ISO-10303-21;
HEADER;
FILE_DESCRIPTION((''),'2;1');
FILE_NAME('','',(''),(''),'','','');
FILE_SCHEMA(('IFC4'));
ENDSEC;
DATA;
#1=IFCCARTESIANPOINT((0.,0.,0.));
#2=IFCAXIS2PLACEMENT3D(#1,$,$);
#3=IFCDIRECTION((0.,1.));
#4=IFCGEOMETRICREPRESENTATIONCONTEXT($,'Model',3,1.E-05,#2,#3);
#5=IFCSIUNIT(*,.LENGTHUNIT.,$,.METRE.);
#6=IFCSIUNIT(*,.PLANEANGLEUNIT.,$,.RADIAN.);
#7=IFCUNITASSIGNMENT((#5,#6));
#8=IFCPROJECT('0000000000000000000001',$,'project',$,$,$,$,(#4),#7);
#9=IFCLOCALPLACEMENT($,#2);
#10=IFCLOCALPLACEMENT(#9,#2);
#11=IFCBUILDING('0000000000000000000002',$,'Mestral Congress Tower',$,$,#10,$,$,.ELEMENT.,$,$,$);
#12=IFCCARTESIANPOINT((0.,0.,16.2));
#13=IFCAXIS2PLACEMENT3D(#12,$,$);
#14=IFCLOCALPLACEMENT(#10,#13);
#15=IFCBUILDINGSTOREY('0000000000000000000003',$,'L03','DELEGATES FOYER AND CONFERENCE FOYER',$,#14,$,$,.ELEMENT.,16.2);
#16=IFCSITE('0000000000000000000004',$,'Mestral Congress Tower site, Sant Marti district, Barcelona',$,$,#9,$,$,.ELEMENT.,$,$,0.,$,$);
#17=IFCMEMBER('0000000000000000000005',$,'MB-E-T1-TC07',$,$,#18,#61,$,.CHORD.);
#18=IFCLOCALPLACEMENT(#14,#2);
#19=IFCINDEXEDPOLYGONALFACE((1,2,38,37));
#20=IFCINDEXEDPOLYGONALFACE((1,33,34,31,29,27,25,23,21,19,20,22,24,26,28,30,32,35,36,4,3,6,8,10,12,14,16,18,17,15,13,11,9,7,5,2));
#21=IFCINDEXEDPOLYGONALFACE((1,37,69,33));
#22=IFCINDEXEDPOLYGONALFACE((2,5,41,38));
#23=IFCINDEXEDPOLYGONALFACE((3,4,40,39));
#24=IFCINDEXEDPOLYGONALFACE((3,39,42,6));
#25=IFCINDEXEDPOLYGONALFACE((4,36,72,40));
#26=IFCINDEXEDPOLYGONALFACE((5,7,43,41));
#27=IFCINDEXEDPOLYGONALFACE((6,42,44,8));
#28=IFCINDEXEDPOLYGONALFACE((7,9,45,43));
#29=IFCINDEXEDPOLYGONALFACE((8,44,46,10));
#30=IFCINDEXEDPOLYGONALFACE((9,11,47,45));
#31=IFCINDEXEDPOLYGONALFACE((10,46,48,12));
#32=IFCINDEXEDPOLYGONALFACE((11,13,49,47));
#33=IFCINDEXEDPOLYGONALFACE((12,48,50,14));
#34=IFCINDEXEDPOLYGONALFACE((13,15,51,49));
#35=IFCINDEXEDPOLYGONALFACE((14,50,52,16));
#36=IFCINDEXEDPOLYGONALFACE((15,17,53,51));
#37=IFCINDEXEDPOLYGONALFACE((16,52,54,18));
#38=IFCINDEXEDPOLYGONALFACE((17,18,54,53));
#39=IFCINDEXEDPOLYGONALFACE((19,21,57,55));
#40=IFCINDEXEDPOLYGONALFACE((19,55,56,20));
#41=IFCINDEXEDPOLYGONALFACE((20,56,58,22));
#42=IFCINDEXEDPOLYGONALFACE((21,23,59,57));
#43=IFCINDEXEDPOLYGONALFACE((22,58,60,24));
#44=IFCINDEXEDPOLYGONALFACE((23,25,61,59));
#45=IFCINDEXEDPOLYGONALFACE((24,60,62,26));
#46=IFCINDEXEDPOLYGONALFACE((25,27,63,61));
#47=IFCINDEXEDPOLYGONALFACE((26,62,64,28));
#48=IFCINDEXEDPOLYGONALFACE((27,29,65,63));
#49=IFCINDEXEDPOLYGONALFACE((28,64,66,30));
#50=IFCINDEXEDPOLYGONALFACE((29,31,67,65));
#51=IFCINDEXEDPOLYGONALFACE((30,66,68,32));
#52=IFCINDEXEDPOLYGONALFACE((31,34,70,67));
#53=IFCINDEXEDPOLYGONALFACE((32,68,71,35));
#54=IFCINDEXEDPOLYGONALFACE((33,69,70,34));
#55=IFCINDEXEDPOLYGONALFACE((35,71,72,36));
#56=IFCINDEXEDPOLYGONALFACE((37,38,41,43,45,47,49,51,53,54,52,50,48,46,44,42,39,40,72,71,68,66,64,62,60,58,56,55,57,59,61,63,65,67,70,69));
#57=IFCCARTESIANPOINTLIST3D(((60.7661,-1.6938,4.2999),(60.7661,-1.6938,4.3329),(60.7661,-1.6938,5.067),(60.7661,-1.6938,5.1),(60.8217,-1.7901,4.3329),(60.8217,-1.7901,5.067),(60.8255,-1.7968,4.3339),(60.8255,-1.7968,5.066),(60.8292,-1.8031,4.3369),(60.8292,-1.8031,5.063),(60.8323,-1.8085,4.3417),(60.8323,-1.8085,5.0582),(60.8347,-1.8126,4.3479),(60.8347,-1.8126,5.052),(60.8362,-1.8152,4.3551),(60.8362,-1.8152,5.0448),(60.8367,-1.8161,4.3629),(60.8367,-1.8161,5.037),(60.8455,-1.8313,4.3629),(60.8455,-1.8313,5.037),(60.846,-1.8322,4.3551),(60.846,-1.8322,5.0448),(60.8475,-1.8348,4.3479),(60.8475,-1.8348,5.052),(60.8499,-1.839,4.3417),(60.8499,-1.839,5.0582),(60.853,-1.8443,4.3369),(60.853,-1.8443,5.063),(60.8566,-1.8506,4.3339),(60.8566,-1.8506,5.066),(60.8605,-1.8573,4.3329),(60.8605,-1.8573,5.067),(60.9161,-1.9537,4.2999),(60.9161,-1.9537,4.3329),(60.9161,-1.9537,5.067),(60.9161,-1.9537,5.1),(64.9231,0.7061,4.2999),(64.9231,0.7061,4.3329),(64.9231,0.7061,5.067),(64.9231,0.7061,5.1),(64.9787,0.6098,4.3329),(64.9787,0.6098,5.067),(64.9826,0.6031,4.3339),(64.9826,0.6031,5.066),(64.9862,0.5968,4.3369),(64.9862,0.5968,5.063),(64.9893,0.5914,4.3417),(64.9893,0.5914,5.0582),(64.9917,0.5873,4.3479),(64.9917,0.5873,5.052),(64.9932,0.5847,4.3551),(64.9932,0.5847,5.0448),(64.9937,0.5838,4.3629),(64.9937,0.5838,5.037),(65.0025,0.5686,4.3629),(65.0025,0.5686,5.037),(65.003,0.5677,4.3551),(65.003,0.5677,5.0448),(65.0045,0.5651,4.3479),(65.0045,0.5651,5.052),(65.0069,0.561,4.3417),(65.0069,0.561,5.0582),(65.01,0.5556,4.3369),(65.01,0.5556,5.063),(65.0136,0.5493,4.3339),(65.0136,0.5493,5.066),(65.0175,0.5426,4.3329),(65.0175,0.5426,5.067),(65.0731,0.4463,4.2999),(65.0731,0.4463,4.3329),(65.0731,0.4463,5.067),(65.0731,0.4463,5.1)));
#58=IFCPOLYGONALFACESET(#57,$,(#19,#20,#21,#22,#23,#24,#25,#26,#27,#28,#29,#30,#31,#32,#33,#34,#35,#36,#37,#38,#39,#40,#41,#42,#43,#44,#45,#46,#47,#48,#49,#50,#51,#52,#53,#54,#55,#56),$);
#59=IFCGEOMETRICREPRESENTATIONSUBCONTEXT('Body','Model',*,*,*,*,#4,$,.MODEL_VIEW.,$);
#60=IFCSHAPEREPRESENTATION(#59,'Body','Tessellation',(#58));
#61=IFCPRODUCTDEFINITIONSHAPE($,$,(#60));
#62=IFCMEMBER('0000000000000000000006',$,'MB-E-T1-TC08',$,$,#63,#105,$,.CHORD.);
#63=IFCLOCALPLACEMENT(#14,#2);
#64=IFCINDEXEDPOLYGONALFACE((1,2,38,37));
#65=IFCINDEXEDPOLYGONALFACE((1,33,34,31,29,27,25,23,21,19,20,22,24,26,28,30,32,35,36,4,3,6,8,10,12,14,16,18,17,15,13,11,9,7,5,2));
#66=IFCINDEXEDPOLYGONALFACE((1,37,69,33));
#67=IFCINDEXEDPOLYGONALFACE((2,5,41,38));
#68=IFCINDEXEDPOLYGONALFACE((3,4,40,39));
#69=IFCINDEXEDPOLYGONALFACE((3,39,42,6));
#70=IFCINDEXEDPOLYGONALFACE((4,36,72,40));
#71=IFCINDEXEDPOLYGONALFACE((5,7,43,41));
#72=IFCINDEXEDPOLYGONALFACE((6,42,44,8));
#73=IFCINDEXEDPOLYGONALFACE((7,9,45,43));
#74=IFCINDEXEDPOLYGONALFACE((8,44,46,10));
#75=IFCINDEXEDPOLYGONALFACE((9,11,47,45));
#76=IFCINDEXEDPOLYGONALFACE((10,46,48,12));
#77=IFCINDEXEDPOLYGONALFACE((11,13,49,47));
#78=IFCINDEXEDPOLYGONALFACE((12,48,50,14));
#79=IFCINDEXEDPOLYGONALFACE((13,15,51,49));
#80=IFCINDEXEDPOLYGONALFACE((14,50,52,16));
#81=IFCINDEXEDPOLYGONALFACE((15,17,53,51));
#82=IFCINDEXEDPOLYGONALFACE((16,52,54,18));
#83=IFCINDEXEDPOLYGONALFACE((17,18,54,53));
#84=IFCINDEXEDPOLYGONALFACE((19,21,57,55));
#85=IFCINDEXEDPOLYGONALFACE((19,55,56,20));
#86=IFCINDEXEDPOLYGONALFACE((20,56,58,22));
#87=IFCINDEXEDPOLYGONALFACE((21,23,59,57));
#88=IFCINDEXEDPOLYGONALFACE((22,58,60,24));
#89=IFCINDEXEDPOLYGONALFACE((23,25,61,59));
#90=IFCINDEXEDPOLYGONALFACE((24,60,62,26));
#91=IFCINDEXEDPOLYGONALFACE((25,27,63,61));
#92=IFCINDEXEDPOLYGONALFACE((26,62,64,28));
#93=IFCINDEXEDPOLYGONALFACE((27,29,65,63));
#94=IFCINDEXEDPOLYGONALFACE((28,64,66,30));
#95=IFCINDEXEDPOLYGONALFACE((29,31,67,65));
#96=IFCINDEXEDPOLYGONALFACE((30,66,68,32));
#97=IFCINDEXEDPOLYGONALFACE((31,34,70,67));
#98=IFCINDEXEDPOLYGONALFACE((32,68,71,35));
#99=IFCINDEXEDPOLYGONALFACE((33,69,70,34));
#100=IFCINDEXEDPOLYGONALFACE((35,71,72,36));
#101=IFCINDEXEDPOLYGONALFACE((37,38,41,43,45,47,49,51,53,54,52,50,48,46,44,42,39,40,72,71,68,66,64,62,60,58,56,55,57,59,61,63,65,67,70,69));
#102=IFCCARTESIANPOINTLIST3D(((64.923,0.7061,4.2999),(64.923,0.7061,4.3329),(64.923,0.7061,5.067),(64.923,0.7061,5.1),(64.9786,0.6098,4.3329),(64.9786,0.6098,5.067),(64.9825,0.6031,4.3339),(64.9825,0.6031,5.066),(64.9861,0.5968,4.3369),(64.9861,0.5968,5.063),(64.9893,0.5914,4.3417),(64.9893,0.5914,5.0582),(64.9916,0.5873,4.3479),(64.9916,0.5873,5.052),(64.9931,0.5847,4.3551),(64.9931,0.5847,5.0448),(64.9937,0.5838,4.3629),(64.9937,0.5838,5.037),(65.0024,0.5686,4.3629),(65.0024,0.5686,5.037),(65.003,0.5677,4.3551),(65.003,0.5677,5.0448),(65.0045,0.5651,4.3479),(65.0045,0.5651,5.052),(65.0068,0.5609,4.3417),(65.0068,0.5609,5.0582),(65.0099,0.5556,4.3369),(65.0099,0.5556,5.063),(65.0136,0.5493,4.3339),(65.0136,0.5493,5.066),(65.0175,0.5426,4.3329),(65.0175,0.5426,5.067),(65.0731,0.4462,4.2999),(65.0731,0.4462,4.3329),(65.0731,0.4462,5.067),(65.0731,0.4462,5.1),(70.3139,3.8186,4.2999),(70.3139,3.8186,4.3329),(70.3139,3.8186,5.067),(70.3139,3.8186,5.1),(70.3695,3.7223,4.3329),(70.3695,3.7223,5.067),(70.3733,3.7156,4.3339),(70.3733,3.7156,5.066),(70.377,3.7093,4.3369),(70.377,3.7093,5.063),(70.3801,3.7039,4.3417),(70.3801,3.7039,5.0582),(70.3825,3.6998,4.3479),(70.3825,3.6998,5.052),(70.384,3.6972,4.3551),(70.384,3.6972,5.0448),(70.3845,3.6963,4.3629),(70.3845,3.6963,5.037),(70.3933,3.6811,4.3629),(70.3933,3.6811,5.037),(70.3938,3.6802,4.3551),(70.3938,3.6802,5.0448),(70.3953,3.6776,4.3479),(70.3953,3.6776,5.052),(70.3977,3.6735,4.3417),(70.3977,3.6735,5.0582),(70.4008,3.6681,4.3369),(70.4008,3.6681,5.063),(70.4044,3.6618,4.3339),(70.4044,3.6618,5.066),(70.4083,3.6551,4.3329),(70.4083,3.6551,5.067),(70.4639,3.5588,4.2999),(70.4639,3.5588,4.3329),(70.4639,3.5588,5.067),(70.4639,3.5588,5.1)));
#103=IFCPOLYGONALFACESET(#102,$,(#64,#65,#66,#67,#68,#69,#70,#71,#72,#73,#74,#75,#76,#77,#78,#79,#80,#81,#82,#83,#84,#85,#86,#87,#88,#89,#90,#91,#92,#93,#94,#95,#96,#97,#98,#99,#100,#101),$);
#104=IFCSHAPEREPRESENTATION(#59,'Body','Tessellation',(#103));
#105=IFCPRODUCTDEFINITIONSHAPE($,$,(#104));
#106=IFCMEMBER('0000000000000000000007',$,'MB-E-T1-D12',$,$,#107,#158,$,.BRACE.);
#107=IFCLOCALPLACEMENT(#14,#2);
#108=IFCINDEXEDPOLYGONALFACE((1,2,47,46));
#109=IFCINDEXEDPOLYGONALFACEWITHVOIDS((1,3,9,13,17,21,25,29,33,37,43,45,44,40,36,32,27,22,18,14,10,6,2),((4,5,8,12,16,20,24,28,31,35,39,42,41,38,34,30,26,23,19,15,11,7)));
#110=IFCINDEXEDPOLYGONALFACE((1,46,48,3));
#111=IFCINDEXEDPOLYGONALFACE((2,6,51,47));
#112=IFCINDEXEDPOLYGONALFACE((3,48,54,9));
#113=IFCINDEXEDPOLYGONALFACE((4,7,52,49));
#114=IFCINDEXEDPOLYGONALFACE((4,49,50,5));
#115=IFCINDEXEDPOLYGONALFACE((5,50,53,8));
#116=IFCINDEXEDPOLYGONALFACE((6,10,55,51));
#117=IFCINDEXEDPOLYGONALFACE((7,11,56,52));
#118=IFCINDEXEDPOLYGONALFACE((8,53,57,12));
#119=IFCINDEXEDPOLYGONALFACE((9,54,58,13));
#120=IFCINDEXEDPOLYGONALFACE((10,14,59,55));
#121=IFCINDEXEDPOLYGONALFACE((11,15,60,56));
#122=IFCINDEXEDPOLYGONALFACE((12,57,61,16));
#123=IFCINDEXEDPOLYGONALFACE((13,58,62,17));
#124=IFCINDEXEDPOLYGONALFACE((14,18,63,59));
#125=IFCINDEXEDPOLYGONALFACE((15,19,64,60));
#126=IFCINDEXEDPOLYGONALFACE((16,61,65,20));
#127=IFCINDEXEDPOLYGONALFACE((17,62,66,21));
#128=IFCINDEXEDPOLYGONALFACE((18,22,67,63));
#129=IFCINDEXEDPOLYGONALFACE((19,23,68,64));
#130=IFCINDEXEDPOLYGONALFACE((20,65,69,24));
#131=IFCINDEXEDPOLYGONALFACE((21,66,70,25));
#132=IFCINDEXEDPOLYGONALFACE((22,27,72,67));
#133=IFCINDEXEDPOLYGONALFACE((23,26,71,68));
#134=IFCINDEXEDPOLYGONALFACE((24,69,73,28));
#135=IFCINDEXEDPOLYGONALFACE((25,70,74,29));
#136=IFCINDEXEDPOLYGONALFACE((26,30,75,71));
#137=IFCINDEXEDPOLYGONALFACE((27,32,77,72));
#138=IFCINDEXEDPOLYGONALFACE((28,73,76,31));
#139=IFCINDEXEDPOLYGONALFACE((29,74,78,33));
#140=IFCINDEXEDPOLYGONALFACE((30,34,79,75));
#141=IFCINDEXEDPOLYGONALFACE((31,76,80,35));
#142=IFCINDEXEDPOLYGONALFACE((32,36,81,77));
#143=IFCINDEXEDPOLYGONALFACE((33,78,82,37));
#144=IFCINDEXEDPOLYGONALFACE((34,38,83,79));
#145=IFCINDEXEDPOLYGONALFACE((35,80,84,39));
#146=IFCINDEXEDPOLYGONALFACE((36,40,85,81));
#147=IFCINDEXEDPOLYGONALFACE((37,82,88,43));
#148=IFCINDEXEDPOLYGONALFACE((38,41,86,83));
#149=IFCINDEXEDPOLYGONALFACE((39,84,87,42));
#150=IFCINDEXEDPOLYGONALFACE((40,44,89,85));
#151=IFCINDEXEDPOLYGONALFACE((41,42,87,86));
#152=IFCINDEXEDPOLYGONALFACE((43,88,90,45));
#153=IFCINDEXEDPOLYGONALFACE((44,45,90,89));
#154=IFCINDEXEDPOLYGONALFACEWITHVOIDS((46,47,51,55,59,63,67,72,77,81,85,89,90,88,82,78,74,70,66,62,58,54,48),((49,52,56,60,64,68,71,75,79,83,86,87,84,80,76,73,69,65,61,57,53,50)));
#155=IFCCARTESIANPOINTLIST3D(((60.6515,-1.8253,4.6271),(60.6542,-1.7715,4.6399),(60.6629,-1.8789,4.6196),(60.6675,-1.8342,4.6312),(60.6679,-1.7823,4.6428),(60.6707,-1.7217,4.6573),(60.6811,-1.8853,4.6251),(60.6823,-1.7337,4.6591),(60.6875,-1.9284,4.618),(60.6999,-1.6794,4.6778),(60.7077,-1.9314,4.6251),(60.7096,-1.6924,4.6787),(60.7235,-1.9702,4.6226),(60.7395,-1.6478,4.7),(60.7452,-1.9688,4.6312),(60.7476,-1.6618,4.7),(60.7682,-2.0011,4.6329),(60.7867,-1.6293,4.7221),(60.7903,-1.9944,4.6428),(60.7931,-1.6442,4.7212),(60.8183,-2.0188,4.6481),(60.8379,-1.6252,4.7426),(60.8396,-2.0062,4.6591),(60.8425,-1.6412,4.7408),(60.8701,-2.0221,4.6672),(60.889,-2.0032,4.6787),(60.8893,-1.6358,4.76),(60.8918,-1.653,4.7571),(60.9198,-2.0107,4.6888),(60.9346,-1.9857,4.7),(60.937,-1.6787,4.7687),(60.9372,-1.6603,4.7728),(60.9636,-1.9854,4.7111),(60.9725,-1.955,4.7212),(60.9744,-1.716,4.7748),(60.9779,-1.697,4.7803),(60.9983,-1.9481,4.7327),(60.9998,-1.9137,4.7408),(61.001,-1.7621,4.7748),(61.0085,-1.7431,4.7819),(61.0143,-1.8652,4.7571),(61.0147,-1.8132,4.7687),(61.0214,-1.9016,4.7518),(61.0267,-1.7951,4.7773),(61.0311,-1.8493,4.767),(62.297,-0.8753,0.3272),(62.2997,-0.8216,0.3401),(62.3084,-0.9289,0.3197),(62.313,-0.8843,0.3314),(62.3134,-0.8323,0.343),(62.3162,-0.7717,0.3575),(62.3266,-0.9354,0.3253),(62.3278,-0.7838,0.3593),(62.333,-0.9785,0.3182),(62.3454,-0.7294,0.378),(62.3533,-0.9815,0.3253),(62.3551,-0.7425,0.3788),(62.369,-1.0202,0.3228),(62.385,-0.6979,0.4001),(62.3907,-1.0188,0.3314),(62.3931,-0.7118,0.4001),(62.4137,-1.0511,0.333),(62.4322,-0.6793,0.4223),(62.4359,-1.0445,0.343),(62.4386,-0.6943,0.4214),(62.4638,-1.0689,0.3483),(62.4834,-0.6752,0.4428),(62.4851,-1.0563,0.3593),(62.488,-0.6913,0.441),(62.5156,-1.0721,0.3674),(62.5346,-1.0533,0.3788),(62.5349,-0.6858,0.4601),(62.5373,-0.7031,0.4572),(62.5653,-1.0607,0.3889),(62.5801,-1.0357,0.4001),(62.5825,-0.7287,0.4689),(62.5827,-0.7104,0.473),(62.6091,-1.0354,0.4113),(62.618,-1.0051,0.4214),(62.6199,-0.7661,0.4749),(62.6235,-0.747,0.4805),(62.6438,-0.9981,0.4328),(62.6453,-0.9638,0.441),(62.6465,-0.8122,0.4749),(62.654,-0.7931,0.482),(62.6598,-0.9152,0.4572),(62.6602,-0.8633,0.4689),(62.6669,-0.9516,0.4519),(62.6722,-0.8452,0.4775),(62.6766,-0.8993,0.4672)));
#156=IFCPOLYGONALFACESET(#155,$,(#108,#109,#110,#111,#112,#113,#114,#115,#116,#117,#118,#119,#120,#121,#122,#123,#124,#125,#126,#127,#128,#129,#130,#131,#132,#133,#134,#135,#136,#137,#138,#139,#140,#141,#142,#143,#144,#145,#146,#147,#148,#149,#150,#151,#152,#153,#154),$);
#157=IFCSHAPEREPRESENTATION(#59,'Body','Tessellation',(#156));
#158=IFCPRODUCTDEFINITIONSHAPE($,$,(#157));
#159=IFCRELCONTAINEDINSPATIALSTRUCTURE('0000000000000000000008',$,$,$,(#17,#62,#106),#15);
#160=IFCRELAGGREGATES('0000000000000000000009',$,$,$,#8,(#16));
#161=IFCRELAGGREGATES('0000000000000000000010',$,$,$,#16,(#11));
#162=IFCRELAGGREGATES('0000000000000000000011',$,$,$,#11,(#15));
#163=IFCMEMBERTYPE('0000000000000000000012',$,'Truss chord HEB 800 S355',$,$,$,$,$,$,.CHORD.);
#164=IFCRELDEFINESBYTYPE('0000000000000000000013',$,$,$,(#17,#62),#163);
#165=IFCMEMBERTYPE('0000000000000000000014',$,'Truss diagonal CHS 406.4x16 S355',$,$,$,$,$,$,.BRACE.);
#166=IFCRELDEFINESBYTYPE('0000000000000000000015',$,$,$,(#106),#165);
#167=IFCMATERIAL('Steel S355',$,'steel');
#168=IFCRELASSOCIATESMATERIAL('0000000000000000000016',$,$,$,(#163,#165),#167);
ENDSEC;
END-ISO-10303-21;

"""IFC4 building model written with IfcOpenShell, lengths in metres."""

from ifc_helpers import new_model, si_unit, direction, frame, origin, origin_2d, place, context, subcontext, project, spatial, hollow_circle, i_section, extrude, material, material_profile, profile_set, type_object, element, save


model = new_model("IFC4")

# Units and contexts
model_context = context("Model", 3, precision=1e-05, world=origin(), true_north=direction((0.0, 1.0)))
body_context = subcontext(model_context, "Body", "Model", "MODEL_VIEW")
ifc_project = project(units=[si_unit("LENGTHUNIT", "METRE"), si_unit("PLANEANGLEUNIT", "RADIAN")], contexts=[model_context])

# Site, building, storey
site_placement = place(None, origin())
site = spatial("IfcSite", under=ifc_project, at=site_placement, Name="Mestral Congress Tower site, Sant Marti district, Barcelona", CompositionType="ELEMENT", RefElevation=0.0)
building_placement = place(site_placement, origin())
building = spatial("IfcBuilding", under=site, at=building_placement, Name="Mestral Congress Tower", CompositionType="ELEMENT")
storey_placement = place(building_placement, frame((0.0, 0.0, 16.2)))
storey = spatial("IfcBuildingStorey", under=building, at=storey_placement, Name="L03", Description="DELEGATES FOYER AND CONFERENCE FOYER", CompositionType="ELEMENT", Elevation=16.2)

# Shared definitions
ifc_material_1 = material(Name="Steel S355", Category="steel")

# Members
ifc_material_profile_1 = material_profile(ifc_material_1, i_section(OverallWidth=0.3, OverallDepth=0.8, WebThickness=0.0176, FlangeThickness=0.033, FilletRadius=0.03, at=origin_2d()), Name="HEB 800")
ifc_profile_set_1 = profile_set([ifc_material_profile_1], Name="Steel S355")
member_type_1 = type_object("IfcMemberType", Name="Truss chord HEB 800 S355", PredefinedType="CHORD", material=ifc_profile_set_1)
member_1_placement = place(storey_placement, frame((60.8411, -1.8237, 4.7), z_axis=(0.866037, 0.499979, 0.0), x_axis=(-0.499979, 0.866037, 0.0)))
element("IfcMember", 1, at=member_1_placement, inside=storey, type_object=member_type_1, Name="MB-E-T1-TC07", PredefinedType="CHORD", context=body_context, shape_type="SweptSolid", body=[
    extrude(i_section(OverallWidth=0.3, OverallDepth=0.8, WebThickness=0.0176, FlangeThickness=0.033, FilletRadius=0.03, at=origin_2d()), origin(), (0.0, 0.0, 1.0), 4.8),
])
member_2_placement = place(storey_placement, frame((64.998, 0.5762, 4.7), z_axis=(0.866016, 0.500016, 0.0), x_axis=(-0.500016, 0.866016, 0.0)))
element("IfcMember", 2, at=member_2_placement, inside=storey, type_object=member_type_1, Name="MB-E-T1-TC08", PredefinedType="CHORD", context=body_context, shape_type="SweptSolid", body=[
    extrude(i_section(OverallWidth=0.3, OverallDepth=0.8, WebThickness=0.0176, FlangeThickness=0.033, FilletRadius=0.03, at=origin_2d()), origin(), (0.0, 0.0, 1.0), 6.2249),
])
ifc_material_profile_2 = material_profile(ifc_material_1, hollow_circle(Radius=0.2031, WallThickness=0.0161, at=origin_2d()), Name="CHS 406.4x16")
ifc_profile_set_2 = profile_set([ifc_material_profile_2], Name="Steel S355")
member_type_2 = type_object("IfcMemberType", Name="Truss diagonal CHS 406.4x16 S355", PredefinedType="BRACE", material=ifc_profile_set_2)
member_3_placement = place(storey_placement, frame((60.8411, -1.8237, 4.7), z_axis=(0.350041, 0.202079, -0.914678), x_axis=(-0.499967, 0.866044, 0.0)))
element("IfcMember", 3, at=member_3_placement, inside=storey, type_object=member_type_2, Name="MB-E-T1-D12", PredefinedType="BRACE", context=body_context, shape_type="SweptSolid", body=[
    extrude(hollow_circle(Radius=0.2031, WallThickness=0.0161, at=origin_2d()), origin(), (0.0, 0.0, 1.0), 4.7009),
])

save(model, "model.ifc")
